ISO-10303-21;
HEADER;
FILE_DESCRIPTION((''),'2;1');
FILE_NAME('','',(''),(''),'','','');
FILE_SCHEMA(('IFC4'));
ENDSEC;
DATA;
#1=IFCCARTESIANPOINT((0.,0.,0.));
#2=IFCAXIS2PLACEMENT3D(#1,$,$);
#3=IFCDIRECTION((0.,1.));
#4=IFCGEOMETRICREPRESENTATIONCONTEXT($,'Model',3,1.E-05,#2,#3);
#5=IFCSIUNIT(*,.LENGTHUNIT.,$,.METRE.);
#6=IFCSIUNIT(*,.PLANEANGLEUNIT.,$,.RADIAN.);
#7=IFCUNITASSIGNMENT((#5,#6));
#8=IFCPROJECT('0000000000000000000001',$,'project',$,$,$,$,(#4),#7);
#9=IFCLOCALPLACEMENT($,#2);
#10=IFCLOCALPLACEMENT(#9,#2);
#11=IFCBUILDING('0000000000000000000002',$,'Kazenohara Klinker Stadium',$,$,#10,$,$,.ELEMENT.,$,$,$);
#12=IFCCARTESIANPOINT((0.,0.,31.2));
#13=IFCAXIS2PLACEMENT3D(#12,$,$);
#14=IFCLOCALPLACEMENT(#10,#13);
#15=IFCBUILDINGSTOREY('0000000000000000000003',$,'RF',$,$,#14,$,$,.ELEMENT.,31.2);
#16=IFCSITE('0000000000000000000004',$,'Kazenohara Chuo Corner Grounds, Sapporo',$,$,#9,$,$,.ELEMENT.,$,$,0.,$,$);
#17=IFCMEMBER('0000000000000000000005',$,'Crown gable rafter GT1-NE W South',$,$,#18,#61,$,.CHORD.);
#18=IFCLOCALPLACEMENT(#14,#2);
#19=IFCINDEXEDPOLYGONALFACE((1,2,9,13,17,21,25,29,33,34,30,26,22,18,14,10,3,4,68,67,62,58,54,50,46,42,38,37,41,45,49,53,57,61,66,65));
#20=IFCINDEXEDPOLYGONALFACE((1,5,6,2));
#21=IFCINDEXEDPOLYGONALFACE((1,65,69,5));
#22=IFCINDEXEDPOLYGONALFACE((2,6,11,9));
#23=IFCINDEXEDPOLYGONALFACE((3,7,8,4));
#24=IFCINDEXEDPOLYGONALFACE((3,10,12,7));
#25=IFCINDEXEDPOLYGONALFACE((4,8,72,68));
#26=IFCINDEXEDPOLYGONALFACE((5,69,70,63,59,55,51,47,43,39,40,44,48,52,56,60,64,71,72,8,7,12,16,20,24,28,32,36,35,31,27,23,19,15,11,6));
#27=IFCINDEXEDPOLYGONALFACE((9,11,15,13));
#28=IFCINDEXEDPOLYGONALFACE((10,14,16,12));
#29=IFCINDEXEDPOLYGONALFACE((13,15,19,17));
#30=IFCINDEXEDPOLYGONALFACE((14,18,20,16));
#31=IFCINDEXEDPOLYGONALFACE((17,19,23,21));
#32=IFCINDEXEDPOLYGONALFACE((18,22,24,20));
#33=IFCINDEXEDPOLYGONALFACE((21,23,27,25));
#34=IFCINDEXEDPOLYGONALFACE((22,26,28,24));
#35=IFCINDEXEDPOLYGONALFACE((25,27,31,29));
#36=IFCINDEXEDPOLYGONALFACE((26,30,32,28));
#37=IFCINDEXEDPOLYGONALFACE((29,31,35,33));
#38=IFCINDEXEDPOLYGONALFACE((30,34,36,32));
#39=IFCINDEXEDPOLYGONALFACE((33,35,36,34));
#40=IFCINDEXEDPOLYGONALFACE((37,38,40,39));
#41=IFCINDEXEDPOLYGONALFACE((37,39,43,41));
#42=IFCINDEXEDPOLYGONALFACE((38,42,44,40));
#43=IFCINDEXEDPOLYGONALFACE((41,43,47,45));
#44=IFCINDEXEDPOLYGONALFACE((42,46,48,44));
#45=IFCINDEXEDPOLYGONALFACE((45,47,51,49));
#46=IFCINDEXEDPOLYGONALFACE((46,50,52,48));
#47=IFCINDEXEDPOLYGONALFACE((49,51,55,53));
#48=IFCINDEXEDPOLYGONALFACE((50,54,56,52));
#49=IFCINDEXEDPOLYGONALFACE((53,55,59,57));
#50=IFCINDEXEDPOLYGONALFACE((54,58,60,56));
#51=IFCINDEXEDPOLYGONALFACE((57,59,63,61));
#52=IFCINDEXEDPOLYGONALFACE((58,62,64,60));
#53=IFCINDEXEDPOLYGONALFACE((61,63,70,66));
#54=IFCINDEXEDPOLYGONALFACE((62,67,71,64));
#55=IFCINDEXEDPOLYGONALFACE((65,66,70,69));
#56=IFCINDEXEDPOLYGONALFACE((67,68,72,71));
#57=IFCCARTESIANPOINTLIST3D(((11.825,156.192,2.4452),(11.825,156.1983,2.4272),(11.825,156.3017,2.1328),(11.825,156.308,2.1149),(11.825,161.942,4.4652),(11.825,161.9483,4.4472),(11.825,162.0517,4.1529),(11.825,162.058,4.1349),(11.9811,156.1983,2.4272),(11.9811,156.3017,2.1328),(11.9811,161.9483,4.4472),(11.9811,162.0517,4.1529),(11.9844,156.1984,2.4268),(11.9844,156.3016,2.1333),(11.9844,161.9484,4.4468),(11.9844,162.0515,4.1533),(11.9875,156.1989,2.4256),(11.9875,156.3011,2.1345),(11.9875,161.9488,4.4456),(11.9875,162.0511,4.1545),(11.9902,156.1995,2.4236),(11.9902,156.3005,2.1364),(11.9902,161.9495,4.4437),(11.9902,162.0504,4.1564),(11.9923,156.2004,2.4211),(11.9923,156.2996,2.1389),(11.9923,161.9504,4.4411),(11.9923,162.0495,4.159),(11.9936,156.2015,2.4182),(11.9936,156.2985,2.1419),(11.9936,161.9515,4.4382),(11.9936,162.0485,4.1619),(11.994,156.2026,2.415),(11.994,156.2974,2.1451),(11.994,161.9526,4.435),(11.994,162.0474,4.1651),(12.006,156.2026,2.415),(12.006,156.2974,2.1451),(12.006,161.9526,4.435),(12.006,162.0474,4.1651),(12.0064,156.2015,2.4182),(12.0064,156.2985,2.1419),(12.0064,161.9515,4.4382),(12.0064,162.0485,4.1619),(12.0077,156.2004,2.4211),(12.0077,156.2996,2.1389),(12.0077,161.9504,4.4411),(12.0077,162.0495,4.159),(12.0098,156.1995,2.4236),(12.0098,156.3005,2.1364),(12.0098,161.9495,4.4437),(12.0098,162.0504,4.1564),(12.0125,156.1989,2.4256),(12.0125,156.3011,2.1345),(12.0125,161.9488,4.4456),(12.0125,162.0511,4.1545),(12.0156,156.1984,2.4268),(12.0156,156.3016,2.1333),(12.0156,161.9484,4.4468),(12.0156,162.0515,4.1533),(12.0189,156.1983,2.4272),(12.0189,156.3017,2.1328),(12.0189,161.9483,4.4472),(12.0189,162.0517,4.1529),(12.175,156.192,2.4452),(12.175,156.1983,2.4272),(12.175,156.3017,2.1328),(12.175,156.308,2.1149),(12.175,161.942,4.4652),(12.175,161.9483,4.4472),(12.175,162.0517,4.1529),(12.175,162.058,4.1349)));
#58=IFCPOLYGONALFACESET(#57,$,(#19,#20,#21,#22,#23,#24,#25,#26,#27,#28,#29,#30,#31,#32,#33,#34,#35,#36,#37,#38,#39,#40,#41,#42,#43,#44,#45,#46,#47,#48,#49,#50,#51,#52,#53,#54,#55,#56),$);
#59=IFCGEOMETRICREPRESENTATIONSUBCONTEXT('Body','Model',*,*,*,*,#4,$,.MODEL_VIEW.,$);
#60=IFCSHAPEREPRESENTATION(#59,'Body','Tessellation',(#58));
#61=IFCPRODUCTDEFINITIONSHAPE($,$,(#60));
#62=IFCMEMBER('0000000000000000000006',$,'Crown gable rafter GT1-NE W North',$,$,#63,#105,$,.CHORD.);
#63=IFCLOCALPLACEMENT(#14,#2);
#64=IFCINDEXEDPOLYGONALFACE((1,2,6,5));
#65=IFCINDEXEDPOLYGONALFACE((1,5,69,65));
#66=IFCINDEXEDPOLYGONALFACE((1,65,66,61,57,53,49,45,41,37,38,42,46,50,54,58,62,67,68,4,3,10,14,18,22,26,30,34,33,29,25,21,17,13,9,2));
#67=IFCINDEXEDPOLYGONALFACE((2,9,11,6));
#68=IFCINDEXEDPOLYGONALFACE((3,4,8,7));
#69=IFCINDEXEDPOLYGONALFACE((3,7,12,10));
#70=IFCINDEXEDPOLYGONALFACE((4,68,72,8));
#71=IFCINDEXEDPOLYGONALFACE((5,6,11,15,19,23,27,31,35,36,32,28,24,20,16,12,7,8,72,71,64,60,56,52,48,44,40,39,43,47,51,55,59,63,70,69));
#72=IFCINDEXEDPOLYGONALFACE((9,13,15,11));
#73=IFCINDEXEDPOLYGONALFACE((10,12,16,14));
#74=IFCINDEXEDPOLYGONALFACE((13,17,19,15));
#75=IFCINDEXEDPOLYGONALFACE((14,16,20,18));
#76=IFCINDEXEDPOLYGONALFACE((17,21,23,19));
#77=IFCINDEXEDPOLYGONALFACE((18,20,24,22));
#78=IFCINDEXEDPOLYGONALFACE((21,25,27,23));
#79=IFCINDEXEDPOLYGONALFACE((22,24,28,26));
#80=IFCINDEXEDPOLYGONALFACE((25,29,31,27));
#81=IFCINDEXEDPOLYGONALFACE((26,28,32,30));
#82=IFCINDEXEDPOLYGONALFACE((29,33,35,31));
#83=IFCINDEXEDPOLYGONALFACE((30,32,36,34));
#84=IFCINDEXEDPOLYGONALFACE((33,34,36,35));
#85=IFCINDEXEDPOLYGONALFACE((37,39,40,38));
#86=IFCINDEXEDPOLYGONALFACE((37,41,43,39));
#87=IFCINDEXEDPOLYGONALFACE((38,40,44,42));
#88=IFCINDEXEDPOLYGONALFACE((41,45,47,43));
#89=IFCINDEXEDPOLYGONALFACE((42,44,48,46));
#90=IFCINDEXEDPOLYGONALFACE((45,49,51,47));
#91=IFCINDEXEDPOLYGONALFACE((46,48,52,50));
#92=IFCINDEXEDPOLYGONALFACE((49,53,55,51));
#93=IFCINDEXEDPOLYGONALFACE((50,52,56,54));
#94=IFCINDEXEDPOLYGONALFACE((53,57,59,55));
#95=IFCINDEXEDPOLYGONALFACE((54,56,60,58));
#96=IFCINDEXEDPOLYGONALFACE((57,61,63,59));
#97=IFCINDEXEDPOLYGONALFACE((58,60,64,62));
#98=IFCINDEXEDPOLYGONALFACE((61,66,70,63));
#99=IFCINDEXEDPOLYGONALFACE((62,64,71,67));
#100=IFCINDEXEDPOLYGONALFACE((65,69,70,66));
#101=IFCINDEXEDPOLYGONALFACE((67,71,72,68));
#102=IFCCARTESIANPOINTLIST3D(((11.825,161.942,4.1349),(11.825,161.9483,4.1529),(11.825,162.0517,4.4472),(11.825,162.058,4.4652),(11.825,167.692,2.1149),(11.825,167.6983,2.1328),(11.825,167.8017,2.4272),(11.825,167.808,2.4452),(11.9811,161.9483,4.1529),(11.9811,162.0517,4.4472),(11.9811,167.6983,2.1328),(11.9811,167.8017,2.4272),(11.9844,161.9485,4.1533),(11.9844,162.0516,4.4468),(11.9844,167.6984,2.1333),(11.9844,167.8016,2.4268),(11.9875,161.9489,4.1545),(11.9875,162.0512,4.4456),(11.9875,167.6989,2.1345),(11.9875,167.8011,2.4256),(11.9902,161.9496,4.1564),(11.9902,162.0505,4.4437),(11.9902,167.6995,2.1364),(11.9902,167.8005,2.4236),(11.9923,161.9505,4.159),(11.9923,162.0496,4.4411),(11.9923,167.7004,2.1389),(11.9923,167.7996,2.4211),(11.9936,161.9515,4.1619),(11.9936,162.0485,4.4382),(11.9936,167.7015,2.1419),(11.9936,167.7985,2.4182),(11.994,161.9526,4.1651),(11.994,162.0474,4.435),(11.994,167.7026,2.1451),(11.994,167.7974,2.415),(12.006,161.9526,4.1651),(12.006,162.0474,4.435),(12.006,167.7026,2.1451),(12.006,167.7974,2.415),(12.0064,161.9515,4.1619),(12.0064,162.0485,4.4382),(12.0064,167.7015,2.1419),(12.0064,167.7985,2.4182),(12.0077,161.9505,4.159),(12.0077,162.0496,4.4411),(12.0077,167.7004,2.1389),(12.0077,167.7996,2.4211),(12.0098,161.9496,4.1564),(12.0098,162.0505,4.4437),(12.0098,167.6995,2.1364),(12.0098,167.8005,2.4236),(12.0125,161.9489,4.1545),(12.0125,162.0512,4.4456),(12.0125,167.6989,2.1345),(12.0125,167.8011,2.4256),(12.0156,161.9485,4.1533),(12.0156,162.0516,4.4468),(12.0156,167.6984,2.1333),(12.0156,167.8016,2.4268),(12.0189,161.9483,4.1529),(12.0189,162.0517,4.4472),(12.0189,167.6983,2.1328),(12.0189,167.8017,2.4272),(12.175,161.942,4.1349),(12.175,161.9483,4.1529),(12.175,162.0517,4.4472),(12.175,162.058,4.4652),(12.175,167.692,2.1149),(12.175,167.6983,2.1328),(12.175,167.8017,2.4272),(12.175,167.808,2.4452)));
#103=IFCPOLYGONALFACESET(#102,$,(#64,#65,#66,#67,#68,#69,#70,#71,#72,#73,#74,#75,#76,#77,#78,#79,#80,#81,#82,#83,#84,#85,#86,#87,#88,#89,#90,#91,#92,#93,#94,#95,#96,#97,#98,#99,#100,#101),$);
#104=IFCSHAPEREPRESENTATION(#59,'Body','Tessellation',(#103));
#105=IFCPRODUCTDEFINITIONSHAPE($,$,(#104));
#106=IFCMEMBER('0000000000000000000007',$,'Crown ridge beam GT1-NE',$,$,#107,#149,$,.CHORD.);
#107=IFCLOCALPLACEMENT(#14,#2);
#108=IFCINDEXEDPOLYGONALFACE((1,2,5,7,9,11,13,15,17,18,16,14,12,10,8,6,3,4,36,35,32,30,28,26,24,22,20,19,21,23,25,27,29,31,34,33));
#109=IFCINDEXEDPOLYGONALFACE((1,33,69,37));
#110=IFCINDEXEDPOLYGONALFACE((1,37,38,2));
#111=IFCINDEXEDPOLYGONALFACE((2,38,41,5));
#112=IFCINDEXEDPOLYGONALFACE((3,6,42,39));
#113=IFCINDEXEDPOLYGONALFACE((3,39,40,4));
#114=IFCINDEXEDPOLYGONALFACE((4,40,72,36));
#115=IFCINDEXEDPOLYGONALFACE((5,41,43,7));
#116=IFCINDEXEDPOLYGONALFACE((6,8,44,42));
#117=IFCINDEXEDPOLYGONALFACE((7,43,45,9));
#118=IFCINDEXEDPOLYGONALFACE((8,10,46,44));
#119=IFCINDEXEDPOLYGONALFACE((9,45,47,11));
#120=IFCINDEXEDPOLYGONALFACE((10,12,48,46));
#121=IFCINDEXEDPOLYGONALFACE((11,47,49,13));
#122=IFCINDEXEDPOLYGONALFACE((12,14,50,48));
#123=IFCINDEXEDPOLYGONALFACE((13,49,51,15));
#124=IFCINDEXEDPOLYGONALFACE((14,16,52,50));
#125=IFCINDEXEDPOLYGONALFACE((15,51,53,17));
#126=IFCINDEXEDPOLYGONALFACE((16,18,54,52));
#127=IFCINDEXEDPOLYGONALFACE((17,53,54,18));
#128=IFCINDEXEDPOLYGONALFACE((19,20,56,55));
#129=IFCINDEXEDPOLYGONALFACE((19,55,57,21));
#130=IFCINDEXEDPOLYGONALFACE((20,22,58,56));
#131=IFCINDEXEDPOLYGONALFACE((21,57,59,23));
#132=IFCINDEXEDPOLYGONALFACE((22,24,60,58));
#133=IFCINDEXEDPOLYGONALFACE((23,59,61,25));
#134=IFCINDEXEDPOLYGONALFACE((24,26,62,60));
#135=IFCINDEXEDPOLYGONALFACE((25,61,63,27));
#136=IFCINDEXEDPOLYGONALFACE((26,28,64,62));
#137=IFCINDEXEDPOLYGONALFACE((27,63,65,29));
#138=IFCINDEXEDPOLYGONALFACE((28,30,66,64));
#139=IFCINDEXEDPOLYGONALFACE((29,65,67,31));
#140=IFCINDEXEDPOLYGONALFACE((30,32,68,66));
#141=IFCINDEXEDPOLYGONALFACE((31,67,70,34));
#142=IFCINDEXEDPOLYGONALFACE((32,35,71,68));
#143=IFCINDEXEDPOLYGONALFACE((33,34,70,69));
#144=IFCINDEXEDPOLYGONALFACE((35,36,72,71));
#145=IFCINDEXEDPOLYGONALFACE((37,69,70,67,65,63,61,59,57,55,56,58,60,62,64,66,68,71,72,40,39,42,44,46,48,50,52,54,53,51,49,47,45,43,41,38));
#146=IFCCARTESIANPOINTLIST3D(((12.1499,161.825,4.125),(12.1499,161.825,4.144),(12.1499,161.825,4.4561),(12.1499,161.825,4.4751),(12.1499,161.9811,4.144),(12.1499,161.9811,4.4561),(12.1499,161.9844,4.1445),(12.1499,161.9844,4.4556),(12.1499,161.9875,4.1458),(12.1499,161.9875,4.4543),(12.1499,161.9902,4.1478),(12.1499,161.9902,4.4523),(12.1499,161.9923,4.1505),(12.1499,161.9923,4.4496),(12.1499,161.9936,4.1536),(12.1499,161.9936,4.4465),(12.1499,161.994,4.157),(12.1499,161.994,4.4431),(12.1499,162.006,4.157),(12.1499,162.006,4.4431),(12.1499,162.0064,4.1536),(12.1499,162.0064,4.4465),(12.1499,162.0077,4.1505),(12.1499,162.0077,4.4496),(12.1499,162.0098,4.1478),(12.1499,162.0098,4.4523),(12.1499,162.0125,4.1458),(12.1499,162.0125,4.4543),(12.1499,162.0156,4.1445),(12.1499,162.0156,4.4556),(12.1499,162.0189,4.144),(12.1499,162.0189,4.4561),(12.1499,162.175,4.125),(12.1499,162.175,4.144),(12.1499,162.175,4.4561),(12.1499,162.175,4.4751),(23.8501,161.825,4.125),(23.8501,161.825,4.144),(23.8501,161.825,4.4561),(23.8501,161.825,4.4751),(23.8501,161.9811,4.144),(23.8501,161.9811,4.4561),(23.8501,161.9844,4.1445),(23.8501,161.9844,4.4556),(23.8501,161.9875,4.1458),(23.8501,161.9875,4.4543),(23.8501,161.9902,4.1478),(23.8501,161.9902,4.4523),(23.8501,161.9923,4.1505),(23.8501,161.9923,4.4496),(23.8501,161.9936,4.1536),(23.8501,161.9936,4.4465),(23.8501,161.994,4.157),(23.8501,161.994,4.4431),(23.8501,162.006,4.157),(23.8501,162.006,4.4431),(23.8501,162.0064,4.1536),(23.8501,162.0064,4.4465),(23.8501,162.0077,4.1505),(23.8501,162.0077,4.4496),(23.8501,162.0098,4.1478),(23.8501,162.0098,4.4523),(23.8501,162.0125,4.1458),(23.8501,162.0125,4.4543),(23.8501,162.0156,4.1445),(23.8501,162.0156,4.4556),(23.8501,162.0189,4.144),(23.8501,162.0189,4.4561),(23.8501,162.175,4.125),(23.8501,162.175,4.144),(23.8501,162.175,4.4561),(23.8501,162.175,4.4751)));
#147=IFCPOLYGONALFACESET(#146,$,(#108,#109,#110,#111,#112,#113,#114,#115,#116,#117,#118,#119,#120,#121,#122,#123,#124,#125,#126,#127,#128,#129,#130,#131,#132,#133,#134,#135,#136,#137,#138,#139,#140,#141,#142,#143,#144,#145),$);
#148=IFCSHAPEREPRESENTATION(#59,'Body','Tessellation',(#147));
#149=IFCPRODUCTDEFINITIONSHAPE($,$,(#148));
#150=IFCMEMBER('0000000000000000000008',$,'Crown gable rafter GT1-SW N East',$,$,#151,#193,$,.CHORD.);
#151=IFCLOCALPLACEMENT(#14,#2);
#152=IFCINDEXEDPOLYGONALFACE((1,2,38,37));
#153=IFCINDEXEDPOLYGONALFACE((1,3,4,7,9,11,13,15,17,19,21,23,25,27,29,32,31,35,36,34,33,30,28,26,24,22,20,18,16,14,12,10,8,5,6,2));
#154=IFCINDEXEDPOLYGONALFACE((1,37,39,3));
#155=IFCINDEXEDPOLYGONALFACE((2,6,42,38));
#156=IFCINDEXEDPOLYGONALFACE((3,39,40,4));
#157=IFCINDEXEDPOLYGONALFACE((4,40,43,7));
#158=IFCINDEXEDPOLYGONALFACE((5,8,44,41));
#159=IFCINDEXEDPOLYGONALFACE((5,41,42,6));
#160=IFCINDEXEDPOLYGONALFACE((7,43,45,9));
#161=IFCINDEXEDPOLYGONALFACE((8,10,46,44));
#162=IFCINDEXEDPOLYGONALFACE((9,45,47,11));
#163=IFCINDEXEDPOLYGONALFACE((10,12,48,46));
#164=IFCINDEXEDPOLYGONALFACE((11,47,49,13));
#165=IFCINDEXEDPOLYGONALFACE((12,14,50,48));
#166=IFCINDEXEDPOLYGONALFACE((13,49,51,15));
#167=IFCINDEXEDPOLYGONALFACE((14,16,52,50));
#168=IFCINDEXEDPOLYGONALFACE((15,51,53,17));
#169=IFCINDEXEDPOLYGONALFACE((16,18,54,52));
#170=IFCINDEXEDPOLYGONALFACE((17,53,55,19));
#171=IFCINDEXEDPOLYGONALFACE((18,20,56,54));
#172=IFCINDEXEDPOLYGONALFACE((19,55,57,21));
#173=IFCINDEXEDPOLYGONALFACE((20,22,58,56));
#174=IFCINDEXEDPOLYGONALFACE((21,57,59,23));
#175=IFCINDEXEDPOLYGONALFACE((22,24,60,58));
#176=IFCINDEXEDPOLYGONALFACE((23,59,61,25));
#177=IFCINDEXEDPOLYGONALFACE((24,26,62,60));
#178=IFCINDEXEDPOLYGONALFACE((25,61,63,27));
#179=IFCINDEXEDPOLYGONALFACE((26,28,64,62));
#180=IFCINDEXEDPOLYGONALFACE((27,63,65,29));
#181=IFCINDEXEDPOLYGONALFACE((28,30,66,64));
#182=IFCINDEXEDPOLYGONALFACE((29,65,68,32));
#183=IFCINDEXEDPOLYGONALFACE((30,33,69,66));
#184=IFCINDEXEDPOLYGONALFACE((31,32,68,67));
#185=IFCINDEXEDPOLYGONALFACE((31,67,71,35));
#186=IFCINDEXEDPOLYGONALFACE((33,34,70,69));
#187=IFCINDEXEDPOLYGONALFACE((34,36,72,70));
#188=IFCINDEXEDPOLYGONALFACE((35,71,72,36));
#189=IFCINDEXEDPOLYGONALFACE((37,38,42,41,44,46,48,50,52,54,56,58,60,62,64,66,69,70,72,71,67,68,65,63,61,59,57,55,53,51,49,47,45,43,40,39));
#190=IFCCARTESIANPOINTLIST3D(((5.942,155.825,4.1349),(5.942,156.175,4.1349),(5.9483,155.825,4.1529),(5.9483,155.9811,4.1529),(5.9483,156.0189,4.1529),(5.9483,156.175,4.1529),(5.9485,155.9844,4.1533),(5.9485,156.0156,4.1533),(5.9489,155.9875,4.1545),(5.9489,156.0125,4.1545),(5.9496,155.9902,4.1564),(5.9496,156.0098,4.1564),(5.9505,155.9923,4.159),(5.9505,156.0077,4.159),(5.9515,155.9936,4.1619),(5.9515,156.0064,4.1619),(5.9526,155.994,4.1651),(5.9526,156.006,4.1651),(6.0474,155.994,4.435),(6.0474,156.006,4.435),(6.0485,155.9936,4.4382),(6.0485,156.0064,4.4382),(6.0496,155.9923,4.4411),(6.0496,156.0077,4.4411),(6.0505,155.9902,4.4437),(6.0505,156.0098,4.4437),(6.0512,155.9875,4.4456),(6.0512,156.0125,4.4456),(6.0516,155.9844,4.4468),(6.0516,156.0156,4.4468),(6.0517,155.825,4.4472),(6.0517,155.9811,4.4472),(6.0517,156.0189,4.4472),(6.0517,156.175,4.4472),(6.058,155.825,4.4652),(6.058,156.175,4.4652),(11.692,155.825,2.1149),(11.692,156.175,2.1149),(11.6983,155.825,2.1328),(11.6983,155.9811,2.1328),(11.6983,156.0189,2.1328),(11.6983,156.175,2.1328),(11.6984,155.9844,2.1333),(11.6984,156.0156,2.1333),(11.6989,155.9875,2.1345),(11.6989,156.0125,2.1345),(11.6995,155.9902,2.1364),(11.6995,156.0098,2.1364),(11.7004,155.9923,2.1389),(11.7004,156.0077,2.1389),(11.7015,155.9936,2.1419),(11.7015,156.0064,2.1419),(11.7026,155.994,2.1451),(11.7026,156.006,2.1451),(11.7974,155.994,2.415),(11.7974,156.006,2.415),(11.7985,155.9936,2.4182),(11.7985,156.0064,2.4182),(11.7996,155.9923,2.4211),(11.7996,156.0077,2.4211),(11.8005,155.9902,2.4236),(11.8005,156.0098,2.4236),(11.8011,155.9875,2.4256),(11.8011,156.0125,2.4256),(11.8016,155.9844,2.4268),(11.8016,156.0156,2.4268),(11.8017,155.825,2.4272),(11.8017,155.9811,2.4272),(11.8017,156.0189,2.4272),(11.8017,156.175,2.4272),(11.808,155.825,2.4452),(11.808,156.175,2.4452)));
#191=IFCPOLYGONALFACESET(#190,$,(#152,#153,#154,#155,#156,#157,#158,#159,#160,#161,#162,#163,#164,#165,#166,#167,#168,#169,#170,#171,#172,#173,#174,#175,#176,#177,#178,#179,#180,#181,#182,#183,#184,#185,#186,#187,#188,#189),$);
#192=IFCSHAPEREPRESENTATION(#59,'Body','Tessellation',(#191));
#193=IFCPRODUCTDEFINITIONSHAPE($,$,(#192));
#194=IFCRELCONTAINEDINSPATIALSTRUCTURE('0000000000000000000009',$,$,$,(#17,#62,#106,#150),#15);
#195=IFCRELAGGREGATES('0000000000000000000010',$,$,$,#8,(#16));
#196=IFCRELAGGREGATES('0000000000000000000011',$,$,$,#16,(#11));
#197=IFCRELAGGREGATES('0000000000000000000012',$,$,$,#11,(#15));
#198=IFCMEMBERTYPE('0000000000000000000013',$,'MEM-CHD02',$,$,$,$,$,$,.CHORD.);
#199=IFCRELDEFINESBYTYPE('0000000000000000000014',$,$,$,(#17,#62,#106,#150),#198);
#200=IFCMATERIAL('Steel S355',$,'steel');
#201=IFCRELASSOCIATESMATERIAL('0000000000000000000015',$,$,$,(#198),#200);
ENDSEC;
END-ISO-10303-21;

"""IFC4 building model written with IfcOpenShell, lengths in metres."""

from ifc_helpers import new_model, si_unit, direction, frame, origin, origin_2d, place, context, subcontext, project, spatial, i_section, extrude, material, material_profile, profile_set, type_object, element, save


model = new_model("IFC4")

# Units and contexts
model_context = context("Model", 3, precision=1e-05, world=origin(), true_north=direction((0.0, 1.0)))
body_context = subcontext(model_context, "Body", "Model", "MODEL_VIEW")
ifc_project = project(units=[si_unit("LENGTHUNIT", "METRE"), si_unit("PLANEANGLEUNIT", "RADIAN")], contexts=[model_context])

# Site, building, storey
site_placement = place(None, origin())
site = spatial("IfcSite", under=ifc_project, at=site_placement, Name="Kazenohara Chuo Corner Grounds, Sapporo", CompositionType="ELEMENT", RefElevation=0.0)
building_placement = place(site_placement, origin())
building = spatial("IfcBuilding", under=site, at=building_placement, Name="Kazenohara Klinker Stadium", CompositionType="ELEMENT")
storey_placement = place(building_placement, frame((0.0, 0.0, 31.2)))
storey = spatial("IfcBuildingStorey", under=building, at=storey_placement, Name="RF", CompositionType="ELEMENT", Elevation=31.2)

# Members
ifc_material_1 = material(Name="Steel S355", Category="steel")
ifc_material_profile_1 = material_profile(ifc_material_1, i_section(OverallWidth=0.3501, OverallDepth=0.3501, WebThickness=0.012, FlangeThickness=0.019, FilletRadius=0.0129, at=origin_2d()), Name="H-350x350x12x19")
ifc_profile_set_1 = profile_set([ifc_material_profile_1], Name="Steel S355")
member_type_1 = type_object("IfcMemberType", Name="MEM-CHD02", PredefinedType="CHORD", material=ifc_profile_set_1)
for number, where, z_axis, x_axis, name in (
    (1, (12.0, 156.25, 2.28), (0.0, 0.943473, 0.331449), (-1.0, 0.0, 0.0), "Crown gable rafter GT1-NE W South"),
    (2, (12.0, 167.75, 2.28), (0.0, -0.943473, 0.331449), (1.0, 0.0, 0.0), "Crown gable rafter GT1-NE W North"),
):
    element("IfcMember", number, at=place(storey_placement, frame(where, z_axis=z_axis, x_axis=x_axis)), inside=storey, type_object=member_type_1, Name=name, PredefinedType="CHORD", context=body_context, shape_type="SweptSolid", body=[
        extrude(i_section(OverallWidth=0.3501, OverallDepth=0.3501, WebThickness=0.012, FlangeThickness=0.019, FilletRadius=0.0129, at=origin_2d()), origin(), (0.0, 0.0, 1.0), 6.0945),
    ])
member_1_placement = place(storey_placement, frame((12.1499, 162.0, 4.3), z_axis=(1.0, 0.0, 0.0), x_axis=(0.0, 1.0, 0.0)))
element("IfcMember", 3, at=member_1_placement, inside=storey, type_object=member_type_1, Name="Crown ridge beam GT1-NE", PredefinedType="CHORD", context=body_context, shape_type="SweptSolid", body=[
    extrude(i_section(OverallWidth=0.3501, OverallDepth=0.3501, WebThickness=0.012, FlangeThickness=0.019, FilletRadius=0.0129, at=origin_2d()), origin(), (0.0, 0.0, 1.0), 11.7002),
])
member_2_placement = place(storey_placement, frame((11.75, 156.0, 2.28), z_axis=(-0.943473, 0.0, 0.331449), x_axis=(0.0, -1.0, 0.0)))
element("IfcMember", 4, at=member_2_placement, inside=storey, type_object=member_type_1, Name="Crown gable rafter GT1-SW N East", PredefinedType="CHORD", context=body_context, shape_type="SweptSolid", body=[
    extrude(i_section(OverallWidth=0.3501, OverallDepth=0.3501, WebThickness=0.012, FlangeThickness=0.019, FilletRadius=0.0129, at=origin_2d()), origin(), (0.0, 0.0, 1.0), 6.0945),
])

save(model, "model.ifc")
